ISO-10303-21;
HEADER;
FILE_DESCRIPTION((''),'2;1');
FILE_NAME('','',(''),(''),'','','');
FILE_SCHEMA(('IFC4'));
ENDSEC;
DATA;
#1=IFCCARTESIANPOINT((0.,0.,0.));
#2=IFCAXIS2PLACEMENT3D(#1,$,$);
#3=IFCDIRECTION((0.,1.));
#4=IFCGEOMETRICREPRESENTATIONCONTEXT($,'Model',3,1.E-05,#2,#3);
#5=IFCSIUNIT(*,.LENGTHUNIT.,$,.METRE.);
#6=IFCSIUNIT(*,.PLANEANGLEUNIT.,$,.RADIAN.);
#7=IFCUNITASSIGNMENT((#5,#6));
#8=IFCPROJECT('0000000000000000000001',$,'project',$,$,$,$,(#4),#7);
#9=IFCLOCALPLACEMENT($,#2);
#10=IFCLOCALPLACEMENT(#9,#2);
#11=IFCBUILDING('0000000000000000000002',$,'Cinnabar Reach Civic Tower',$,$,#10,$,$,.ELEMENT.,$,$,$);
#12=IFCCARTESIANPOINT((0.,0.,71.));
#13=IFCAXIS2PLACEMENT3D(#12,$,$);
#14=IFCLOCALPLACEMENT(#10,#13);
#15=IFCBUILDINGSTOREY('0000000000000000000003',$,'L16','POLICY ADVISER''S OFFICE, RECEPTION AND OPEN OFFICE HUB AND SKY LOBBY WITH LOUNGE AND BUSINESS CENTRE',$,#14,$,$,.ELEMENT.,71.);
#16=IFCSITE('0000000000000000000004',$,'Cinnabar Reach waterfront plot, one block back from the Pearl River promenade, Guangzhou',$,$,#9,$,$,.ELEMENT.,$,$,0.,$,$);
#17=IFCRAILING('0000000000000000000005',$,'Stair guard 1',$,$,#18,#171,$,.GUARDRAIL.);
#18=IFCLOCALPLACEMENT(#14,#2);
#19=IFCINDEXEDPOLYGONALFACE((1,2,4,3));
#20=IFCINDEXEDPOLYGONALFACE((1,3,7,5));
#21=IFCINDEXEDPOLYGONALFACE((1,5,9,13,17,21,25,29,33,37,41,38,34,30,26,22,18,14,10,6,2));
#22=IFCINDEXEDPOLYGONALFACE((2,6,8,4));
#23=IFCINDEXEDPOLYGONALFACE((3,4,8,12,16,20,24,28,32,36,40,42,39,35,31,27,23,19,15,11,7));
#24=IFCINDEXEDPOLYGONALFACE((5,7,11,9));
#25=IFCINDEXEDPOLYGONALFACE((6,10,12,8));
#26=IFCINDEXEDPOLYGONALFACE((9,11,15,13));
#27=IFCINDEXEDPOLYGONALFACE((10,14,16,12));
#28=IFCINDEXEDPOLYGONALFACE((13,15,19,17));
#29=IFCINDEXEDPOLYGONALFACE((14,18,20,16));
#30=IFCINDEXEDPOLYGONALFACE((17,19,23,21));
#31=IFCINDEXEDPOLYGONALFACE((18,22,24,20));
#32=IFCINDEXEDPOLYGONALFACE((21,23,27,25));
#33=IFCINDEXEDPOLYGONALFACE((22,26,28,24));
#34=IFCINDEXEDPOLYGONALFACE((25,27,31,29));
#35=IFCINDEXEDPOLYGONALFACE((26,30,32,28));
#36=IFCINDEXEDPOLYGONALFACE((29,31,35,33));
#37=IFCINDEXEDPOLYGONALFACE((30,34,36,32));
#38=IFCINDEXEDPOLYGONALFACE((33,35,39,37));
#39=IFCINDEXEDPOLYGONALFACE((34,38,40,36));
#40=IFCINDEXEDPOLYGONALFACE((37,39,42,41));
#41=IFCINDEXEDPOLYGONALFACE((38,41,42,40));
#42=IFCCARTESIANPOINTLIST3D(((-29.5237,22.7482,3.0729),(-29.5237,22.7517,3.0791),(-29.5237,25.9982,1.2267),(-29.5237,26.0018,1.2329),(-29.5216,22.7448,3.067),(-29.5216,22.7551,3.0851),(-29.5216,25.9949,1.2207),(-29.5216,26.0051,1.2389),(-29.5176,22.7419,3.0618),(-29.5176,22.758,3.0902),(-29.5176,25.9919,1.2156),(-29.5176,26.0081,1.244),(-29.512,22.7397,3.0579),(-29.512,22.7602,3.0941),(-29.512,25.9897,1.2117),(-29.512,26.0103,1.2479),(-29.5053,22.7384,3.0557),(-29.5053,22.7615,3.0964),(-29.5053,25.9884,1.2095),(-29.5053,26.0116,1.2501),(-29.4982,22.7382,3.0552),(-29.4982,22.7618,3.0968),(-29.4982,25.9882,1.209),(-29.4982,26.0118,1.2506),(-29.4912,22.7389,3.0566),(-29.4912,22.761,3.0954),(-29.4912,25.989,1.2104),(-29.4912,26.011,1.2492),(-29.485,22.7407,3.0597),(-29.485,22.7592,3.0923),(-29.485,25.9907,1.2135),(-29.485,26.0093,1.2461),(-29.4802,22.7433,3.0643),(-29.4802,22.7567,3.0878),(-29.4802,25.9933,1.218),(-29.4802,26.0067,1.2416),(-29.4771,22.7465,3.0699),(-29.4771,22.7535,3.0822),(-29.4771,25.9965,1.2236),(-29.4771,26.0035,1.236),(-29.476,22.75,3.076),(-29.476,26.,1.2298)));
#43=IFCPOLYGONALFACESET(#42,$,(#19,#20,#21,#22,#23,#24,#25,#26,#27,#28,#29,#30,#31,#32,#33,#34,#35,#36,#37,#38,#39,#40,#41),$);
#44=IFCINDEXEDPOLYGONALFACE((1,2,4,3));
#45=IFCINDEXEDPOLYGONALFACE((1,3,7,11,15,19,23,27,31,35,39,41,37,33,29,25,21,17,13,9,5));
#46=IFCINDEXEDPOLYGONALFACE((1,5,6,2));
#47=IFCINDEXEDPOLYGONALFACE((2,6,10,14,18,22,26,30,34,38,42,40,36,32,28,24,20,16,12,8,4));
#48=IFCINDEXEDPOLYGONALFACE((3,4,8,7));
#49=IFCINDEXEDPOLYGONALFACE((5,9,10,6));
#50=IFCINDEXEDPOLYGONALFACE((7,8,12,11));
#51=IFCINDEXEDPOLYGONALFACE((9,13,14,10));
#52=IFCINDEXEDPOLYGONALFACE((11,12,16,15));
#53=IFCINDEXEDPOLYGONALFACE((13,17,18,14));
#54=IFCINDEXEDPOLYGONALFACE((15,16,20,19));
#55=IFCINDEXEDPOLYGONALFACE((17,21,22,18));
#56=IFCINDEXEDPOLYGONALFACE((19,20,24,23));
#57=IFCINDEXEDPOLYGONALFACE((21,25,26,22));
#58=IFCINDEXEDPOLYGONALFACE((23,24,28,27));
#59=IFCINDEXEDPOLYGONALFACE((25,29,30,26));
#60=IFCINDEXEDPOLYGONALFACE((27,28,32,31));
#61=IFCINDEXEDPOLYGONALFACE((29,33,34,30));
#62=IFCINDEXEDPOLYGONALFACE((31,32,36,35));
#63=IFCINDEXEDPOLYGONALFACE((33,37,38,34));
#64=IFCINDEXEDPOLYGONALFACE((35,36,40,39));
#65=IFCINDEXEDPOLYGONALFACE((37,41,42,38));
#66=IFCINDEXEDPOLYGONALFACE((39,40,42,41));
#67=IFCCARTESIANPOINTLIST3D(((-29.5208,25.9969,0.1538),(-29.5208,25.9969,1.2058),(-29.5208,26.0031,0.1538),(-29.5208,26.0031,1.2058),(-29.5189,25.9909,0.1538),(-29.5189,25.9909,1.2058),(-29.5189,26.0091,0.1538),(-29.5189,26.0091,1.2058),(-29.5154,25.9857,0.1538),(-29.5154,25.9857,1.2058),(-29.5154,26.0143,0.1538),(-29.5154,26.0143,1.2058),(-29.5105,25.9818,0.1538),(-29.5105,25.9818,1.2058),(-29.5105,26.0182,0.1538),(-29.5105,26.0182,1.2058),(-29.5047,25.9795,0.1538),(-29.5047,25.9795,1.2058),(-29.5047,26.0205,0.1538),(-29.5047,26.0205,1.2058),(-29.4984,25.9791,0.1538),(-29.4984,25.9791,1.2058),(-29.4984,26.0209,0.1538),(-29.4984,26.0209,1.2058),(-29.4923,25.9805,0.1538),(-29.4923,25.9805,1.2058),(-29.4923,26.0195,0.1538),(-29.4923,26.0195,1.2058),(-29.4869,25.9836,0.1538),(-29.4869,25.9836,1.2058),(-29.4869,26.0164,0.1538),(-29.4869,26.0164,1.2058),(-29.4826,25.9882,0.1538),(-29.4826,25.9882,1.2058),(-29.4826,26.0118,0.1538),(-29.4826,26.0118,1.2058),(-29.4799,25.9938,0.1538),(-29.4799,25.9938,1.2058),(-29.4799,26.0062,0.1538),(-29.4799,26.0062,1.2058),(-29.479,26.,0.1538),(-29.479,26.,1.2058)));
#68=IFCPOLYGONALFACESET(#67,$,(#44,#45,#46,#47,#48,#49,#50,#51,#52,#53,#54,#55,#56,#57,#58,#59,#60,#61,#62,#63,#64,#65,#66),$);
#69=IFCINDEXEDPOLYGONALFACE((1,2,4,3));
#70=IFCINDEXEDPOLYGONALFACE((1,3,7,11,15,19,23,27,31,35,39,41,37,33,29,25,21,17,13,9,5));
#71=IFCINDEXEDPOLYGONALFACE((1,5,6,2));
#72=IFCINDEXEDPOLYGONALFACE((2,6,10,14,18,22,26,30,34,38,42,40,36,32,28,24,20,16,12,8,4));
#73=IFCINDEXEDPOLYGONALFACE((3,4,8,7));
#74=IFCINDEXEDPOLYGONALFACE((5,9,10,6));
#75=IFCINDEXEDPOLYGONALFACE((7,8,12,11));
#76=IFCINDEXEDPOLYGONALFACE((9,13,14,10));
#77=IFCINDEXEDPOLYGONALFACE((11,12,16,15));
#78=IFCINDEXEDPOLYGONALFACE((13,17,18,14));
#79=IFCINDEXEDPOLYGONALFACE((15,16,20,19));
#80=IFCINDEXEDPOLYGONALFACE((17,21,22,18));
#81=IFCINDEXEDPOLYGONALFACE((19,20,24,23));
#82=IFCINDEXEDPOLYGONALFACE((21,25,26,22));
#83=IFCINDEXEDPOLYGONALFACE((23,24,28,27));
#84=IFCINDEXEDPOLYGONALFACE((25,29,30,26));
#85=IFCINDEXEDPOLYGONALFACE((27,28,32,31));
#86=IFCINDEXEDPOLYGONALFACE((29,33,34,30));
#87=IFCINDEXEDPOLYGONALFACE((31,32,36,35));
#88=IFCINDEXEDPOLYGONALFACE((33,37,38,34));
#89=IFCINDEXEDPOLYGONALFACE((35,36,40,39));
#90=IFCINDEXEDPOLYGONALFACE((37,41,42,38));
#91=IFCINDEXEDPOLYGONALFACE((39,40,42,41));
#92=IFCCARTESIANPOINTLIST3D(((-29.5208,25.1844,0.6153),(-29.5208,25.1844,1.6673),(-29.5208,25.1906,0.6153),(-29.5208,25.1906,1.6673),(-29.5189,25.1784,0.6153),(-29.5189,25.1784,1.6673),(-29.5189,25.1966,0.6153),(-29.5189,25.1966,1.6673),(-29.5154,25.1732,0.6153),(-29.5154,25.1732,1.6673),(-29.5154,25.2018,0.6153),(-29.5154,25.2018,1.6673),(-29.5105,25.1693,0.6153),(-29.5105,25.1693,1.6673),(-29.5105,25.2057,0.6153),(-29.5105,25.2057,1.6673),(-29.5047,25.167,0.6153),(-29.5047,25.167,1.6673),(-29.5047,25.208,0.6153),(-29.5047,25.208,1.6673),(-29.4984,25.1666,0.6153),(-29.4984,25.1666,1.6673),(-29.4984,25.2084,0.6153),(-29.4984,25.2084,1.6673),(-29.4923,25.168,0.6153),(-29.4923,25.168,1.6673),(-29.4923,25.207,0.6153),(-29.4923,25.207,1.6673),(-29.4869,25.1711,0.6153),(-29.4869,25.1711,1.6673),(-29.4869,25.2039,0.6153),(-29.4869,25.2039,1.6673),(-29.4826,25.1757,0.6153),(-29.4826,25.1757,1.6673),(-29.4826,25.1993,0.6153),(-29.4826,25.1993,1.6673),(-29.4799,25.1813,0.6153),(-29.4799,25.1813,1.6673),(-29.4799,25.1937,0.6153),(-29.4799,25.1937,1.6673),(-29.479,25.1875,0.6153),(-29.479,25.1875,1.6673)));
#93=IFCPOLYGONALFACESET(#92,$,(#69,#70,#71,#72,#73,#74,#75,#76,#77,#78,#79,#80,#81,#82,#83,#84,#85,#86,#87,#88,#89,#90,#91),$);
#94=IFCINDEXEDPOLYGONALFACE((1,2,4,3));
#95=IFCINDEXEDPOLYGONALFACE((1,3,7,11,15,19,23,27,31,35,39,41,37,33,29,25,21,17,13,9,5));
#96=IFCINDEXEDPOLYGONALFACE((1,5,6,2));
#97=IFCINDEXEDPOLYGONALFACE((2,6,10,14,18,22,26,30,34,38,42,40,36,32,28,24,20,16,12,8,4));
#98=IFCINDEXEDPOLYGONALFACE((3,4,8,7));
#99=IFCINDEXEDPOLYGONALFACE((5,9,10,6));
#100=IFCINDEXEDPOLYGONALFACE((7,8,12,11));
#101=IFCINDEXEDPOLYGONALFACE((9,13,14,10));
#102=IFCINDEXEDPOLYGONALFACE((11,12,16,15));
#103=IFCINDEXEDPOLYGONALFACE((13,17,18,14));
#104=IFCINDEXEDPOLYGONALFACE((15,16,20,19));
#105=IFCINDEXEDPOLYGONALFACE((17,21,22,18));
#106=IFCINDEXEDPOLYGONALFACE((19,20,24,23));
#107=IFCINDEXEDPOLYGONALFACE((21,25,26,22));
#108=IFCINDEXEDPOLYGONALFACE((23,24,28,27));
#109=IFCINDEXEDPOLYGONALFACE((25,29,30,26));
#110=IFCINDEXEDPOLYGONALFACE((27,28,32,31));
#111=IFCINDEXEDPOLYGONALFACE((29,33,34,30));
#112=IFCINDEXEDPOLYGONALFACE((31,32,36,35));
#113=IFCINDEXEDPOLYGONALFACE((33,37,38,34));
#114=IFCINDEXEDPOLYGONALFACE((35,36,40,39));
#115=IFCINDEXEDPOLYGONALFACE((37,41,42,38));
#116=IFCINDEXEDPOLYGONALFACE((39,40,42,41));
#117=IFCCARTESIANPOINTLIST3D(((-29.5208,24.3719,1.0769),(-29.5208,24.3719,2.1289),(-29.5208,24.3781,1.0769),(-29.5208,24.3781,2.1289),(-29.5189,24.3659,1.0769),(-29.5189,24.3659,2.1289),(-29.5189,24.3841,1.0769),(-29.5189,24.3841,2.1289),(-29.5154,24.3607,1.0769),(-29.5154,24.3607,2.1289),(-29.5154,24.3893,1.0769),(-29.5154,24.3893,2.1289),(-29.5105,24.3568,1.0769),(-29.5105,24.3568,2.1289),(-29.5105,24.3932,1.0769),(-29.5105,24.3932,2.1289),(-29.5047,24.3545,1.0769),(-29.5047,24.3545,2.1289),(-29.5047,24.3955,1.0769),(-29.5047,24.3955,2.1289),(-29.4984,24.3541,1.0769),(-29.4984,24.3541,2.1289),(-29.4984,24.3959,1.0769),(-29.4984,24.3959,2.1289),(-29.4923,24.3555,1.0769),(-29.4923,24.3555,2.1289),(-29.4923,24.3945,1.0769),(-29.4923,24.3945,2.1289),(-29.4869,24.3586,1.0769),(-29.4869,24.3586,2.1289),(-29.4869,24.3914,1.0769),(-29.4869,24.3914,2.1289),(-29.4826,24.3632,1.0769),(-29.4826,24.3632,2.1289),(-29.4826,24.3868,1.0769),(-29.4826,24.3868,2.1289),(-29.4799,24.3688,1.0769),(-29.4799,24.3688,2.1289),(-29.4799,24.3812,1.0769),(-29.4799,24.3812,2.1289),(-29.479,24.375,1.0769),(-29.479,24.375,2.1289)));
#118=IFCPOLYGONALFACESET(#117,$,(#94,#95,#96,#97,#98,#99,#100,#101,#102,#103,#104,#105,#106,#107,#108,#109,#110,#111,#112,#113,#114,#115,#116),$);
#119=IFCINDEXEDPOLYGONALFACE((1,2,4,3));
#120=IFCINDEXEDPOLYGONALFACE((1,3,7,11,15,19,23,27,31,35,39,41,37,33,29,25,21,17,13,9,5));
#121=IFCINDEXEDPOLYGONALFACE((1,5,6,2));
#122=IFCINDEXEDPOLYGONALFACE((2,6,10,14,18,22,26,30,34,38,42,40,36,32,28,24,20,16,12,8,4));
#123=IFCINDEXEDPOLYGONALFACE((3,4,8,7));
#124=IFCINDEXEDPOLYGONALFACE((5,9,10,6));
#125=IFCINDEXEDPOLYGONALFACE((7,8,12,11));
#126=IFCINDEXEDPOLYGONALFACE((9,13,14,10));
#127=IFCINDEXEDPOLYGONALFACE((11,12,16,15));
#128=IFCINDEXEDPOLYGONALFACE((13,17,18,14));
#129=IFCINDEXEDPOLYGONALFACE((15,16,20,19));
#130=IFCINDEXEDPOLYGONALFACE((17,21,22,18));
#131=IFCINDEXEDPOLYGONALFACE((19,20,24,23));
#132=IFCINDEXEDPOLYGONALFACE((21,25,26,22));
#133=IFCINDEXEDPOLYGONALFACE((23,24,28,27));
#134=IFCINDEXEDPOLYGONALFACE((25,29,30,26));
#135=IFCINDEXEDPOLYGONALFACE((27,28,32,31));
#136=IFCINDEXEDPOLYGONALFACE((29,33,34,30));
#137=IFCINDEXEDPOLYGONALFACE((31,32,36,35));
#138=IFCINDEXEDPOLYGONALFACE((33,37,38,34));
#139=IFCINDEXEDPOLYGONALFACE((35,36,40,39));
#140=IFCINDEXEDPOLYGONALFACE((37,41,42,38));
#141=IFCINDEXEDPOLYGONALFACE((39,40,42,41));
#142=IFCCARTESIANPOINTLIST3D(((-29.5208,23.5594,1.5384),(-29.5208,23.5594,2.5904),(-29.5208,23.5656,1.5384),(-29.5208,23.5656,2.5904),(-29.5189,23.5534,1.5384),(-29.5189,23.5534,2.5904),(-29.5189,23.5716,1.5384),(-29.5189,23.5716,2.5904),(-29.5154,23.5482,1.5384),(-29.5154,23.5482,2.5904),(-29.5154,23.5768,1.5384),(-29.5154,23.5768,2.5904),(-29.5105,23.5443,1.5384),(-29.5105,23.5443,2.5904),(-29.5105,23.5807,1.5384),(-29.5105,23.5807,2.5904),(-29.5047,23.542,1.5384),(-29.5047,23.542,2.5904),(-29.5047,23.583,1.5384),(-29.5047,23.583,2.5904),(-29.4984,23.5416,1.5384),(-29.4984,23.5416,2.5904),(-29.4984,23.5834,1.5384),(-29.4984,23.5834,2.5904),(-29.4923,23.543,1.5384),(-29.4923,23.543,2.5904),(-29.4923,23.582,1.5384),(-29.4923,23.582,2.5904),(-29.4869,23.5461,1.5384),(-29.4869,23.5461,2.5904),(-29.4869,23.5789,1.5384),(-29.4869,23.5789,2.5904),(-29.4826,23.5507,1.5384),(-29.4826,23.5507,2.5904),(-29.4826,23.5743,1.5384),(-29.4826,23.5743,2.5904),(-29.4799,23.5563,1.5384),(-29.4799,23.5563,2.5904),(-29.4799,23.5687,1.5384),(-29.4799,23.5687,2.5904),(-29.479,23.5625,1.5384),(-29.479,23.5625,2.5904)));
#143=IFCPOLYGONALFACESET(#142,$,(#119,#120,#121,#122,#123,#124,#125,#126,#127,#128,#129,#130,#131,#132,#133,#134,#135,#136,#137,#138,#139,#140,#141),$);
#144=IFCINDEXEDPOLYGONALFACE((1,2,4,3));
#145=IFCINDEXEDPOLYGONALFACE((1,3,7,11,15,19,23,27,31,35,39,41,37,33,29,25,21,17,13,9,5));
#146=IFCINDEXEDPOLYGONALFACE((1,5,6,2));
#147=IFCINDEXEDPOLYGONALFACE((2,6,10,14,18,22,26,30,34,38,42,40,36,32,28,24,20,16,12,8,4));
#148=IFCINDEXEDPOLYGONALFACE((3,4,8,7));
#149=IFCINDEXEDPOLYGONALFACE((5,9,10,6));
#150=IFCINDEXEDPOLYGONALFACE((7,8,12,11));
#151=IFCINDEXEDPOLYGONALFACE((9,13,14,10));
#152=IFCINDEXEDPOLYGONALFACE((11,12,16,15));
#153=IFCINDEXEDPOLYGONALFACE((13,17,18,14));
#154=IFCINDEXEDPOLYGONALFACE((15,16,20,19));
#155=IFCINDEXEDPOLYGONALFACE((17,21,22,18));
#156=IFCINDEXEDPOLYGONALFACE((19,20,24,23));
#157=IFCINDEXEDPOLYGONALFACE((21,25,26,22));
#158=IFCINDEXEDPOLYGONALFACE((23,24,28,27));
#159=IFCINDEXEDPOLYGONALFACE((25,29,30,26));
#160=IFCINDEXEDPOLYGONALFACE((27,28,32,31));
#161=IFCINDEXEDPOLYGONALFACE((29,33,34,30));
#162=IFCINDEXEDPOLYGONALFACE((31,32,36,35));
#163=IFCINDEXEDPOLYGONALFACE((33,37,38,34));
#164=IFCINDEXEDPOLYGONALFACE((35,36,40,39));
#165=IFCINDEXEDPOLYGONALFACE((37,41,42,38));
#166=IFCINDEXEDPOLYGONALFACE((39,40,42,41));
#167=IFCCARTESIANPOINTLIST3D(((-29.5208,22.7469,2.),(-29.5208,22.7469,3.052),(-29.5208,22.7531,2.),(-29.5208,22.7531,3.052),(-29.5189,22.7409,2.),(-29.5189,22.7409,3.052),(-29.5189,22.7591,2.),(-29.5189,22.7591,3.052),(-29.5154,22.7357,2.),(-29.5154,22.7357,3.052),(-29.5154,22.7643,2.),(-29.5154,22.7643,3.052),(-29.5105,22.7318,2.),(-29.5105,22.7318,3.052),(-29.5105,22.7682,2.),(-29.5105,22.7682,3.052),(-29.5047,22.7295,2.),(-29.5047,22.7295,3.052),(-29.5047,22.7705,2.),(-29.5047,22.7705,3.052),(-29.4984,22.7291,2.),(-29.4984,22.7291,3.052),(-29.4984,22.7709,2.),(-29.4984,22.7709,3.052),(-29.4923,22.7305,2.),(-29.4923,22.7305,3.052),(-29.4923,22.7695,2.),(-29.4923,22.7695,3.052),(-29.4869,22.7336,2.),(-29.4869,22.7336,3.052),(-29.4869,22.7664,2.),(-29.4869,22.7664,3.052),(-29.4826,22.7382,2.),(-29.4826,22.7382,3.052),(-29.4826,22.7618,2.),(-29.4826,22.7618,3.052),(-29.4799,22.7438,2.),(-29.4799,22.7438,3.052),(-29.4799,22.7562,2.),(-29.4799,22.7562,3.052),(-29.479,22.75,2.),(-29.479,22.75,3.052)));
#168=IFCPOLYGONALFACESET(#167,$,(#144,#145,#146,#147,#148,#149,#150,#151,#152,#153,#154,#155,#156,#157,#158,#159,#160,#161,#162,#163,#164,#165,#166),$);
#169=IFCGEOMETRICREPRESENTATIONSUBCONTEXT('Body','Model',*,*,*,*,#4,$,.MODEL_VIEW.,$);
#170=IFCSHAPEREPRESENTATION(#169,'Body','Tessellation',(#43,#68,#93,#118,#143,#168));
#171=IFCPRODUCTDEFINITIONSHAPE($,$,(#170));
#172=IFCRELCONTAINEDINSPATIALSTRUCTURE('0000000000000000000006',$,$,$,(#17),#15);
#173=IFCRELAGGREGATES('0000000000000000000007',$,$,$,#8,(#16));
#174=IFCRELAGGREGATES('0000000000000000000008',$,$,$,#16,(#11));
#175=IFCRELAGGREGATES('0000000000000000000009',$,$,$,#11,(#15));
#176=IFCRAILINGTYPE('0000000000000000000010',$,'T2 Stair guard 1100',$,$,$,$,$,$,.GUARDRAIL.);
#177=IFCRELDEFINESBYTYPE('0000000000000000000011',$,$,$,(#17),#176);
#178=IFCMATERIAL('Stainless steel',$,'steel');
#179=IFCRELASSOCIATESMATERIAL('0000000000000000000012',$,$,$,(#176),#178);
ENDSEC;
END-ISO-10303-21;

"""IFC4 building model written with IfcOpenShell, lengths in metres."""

from ifc_helpers import new_model, si_unit, direction, frame, origin, origin_2d, place, context, subcontext, project, spatial, circle, extrude, material, type_object, element, save


model = new_model("IFC4")

# Units and contexts
model_context = context("Model", 3, precision=1e-05, world=origin(), true_north=direction((0.0, 1.0)))
body_context = subcontext(model_context, "Body", "Model", "MODEL_VIEW")
ifc_project = project(units=[si_unit("LENGTHUNIT", "METRE"), si_unit("PLANEANGLEUNIT", "RADIAN")], contexts=[model_context])

# Site, building, storey
site_placement = place(None, origin())
site = spatial("IfcSite", under=ifc_project, at=site_placement, Name="Cinnabar Reach waterfront plot, one block back from the Pearl River promenade, Guangzhou", CompositionType="ELEMENT", RefElevation=0.0)
building_placement = place(site_placement, origin())
building = spatial("IfcBuilding", under=site, at=building_placement, Name="Cinnabar Reach Civic Tower", CompositionType="ELEMENT")
storey_placement = place(building_placement, frame((0.0, 0.0, 71.0)))
storey = spatial("IfcBuildingStorey", under=building, at=storey_placement, Name="L16", Description="POLICY ADVISER'S OFFICE, RECEPTION AND OPEN OFFICE HUB AND SKY LOBBY WITH LOUNGE AND BUSINESS CENTRE", CompositionType="ELEMENT", Elevation=71.0)

# Railing
ifc_material_1 = material(Name="Stainless steel", Category="steel")
railing_type = type_object("IfcRailingType", Name="T2 Stair guard 1100", PredefinedType="GUARDRAIL", material=ifc_material_1)
railing_1_placement = place(storey_placement, frame((-29.5, 26.0, 0.1538)))
element("IfcRailing", 1, at=railing_1_placement, inside=storey, type_object=railing_type, Name="Stair guard 1", PredefinedType="GUARDRAIL", context=body_context, shape_type="SweptSolid", body=[
    extrude(circle(Radius=0.024, at=origin_2d()), frame((0.0, 0.0, 1.076), z_axis=(0.0, -0.869501, 0.49393), x_axis=(1.0, 0.0, 0.0)), (0.0, 0.0, 1.0), 3.7378),
    extrude(circle(Radius=0.021, at=origin_2d()), origin(), (0.0, 0.0, 1.0), 1.052),
    extrude(circle(Radius=0.021, at=origin_2d()), frame((0.0, -0.8125, 0.4615)), (0.0, 0.0, 1.0), 1.052),
    extrude(circle(Radius=0.021, at=origin_2d()), frame((0.0, -1.625, 0.9231)), (0.0, 0.0, 1.0), 1.052),
    extrude(circle(Radius=0.021, at=origin_2d()), frame((0.0, -2.4375, 1.3846)), (0.0, 0.0, 1.0), 1.052),
    extrude(circle(Radius=0.021, at=origin_2d()), frame((0.0, -3.25, 1.8462)), (0.0, 0.0, 1.0), 1.052),
])

save(model, "model.ifc")
